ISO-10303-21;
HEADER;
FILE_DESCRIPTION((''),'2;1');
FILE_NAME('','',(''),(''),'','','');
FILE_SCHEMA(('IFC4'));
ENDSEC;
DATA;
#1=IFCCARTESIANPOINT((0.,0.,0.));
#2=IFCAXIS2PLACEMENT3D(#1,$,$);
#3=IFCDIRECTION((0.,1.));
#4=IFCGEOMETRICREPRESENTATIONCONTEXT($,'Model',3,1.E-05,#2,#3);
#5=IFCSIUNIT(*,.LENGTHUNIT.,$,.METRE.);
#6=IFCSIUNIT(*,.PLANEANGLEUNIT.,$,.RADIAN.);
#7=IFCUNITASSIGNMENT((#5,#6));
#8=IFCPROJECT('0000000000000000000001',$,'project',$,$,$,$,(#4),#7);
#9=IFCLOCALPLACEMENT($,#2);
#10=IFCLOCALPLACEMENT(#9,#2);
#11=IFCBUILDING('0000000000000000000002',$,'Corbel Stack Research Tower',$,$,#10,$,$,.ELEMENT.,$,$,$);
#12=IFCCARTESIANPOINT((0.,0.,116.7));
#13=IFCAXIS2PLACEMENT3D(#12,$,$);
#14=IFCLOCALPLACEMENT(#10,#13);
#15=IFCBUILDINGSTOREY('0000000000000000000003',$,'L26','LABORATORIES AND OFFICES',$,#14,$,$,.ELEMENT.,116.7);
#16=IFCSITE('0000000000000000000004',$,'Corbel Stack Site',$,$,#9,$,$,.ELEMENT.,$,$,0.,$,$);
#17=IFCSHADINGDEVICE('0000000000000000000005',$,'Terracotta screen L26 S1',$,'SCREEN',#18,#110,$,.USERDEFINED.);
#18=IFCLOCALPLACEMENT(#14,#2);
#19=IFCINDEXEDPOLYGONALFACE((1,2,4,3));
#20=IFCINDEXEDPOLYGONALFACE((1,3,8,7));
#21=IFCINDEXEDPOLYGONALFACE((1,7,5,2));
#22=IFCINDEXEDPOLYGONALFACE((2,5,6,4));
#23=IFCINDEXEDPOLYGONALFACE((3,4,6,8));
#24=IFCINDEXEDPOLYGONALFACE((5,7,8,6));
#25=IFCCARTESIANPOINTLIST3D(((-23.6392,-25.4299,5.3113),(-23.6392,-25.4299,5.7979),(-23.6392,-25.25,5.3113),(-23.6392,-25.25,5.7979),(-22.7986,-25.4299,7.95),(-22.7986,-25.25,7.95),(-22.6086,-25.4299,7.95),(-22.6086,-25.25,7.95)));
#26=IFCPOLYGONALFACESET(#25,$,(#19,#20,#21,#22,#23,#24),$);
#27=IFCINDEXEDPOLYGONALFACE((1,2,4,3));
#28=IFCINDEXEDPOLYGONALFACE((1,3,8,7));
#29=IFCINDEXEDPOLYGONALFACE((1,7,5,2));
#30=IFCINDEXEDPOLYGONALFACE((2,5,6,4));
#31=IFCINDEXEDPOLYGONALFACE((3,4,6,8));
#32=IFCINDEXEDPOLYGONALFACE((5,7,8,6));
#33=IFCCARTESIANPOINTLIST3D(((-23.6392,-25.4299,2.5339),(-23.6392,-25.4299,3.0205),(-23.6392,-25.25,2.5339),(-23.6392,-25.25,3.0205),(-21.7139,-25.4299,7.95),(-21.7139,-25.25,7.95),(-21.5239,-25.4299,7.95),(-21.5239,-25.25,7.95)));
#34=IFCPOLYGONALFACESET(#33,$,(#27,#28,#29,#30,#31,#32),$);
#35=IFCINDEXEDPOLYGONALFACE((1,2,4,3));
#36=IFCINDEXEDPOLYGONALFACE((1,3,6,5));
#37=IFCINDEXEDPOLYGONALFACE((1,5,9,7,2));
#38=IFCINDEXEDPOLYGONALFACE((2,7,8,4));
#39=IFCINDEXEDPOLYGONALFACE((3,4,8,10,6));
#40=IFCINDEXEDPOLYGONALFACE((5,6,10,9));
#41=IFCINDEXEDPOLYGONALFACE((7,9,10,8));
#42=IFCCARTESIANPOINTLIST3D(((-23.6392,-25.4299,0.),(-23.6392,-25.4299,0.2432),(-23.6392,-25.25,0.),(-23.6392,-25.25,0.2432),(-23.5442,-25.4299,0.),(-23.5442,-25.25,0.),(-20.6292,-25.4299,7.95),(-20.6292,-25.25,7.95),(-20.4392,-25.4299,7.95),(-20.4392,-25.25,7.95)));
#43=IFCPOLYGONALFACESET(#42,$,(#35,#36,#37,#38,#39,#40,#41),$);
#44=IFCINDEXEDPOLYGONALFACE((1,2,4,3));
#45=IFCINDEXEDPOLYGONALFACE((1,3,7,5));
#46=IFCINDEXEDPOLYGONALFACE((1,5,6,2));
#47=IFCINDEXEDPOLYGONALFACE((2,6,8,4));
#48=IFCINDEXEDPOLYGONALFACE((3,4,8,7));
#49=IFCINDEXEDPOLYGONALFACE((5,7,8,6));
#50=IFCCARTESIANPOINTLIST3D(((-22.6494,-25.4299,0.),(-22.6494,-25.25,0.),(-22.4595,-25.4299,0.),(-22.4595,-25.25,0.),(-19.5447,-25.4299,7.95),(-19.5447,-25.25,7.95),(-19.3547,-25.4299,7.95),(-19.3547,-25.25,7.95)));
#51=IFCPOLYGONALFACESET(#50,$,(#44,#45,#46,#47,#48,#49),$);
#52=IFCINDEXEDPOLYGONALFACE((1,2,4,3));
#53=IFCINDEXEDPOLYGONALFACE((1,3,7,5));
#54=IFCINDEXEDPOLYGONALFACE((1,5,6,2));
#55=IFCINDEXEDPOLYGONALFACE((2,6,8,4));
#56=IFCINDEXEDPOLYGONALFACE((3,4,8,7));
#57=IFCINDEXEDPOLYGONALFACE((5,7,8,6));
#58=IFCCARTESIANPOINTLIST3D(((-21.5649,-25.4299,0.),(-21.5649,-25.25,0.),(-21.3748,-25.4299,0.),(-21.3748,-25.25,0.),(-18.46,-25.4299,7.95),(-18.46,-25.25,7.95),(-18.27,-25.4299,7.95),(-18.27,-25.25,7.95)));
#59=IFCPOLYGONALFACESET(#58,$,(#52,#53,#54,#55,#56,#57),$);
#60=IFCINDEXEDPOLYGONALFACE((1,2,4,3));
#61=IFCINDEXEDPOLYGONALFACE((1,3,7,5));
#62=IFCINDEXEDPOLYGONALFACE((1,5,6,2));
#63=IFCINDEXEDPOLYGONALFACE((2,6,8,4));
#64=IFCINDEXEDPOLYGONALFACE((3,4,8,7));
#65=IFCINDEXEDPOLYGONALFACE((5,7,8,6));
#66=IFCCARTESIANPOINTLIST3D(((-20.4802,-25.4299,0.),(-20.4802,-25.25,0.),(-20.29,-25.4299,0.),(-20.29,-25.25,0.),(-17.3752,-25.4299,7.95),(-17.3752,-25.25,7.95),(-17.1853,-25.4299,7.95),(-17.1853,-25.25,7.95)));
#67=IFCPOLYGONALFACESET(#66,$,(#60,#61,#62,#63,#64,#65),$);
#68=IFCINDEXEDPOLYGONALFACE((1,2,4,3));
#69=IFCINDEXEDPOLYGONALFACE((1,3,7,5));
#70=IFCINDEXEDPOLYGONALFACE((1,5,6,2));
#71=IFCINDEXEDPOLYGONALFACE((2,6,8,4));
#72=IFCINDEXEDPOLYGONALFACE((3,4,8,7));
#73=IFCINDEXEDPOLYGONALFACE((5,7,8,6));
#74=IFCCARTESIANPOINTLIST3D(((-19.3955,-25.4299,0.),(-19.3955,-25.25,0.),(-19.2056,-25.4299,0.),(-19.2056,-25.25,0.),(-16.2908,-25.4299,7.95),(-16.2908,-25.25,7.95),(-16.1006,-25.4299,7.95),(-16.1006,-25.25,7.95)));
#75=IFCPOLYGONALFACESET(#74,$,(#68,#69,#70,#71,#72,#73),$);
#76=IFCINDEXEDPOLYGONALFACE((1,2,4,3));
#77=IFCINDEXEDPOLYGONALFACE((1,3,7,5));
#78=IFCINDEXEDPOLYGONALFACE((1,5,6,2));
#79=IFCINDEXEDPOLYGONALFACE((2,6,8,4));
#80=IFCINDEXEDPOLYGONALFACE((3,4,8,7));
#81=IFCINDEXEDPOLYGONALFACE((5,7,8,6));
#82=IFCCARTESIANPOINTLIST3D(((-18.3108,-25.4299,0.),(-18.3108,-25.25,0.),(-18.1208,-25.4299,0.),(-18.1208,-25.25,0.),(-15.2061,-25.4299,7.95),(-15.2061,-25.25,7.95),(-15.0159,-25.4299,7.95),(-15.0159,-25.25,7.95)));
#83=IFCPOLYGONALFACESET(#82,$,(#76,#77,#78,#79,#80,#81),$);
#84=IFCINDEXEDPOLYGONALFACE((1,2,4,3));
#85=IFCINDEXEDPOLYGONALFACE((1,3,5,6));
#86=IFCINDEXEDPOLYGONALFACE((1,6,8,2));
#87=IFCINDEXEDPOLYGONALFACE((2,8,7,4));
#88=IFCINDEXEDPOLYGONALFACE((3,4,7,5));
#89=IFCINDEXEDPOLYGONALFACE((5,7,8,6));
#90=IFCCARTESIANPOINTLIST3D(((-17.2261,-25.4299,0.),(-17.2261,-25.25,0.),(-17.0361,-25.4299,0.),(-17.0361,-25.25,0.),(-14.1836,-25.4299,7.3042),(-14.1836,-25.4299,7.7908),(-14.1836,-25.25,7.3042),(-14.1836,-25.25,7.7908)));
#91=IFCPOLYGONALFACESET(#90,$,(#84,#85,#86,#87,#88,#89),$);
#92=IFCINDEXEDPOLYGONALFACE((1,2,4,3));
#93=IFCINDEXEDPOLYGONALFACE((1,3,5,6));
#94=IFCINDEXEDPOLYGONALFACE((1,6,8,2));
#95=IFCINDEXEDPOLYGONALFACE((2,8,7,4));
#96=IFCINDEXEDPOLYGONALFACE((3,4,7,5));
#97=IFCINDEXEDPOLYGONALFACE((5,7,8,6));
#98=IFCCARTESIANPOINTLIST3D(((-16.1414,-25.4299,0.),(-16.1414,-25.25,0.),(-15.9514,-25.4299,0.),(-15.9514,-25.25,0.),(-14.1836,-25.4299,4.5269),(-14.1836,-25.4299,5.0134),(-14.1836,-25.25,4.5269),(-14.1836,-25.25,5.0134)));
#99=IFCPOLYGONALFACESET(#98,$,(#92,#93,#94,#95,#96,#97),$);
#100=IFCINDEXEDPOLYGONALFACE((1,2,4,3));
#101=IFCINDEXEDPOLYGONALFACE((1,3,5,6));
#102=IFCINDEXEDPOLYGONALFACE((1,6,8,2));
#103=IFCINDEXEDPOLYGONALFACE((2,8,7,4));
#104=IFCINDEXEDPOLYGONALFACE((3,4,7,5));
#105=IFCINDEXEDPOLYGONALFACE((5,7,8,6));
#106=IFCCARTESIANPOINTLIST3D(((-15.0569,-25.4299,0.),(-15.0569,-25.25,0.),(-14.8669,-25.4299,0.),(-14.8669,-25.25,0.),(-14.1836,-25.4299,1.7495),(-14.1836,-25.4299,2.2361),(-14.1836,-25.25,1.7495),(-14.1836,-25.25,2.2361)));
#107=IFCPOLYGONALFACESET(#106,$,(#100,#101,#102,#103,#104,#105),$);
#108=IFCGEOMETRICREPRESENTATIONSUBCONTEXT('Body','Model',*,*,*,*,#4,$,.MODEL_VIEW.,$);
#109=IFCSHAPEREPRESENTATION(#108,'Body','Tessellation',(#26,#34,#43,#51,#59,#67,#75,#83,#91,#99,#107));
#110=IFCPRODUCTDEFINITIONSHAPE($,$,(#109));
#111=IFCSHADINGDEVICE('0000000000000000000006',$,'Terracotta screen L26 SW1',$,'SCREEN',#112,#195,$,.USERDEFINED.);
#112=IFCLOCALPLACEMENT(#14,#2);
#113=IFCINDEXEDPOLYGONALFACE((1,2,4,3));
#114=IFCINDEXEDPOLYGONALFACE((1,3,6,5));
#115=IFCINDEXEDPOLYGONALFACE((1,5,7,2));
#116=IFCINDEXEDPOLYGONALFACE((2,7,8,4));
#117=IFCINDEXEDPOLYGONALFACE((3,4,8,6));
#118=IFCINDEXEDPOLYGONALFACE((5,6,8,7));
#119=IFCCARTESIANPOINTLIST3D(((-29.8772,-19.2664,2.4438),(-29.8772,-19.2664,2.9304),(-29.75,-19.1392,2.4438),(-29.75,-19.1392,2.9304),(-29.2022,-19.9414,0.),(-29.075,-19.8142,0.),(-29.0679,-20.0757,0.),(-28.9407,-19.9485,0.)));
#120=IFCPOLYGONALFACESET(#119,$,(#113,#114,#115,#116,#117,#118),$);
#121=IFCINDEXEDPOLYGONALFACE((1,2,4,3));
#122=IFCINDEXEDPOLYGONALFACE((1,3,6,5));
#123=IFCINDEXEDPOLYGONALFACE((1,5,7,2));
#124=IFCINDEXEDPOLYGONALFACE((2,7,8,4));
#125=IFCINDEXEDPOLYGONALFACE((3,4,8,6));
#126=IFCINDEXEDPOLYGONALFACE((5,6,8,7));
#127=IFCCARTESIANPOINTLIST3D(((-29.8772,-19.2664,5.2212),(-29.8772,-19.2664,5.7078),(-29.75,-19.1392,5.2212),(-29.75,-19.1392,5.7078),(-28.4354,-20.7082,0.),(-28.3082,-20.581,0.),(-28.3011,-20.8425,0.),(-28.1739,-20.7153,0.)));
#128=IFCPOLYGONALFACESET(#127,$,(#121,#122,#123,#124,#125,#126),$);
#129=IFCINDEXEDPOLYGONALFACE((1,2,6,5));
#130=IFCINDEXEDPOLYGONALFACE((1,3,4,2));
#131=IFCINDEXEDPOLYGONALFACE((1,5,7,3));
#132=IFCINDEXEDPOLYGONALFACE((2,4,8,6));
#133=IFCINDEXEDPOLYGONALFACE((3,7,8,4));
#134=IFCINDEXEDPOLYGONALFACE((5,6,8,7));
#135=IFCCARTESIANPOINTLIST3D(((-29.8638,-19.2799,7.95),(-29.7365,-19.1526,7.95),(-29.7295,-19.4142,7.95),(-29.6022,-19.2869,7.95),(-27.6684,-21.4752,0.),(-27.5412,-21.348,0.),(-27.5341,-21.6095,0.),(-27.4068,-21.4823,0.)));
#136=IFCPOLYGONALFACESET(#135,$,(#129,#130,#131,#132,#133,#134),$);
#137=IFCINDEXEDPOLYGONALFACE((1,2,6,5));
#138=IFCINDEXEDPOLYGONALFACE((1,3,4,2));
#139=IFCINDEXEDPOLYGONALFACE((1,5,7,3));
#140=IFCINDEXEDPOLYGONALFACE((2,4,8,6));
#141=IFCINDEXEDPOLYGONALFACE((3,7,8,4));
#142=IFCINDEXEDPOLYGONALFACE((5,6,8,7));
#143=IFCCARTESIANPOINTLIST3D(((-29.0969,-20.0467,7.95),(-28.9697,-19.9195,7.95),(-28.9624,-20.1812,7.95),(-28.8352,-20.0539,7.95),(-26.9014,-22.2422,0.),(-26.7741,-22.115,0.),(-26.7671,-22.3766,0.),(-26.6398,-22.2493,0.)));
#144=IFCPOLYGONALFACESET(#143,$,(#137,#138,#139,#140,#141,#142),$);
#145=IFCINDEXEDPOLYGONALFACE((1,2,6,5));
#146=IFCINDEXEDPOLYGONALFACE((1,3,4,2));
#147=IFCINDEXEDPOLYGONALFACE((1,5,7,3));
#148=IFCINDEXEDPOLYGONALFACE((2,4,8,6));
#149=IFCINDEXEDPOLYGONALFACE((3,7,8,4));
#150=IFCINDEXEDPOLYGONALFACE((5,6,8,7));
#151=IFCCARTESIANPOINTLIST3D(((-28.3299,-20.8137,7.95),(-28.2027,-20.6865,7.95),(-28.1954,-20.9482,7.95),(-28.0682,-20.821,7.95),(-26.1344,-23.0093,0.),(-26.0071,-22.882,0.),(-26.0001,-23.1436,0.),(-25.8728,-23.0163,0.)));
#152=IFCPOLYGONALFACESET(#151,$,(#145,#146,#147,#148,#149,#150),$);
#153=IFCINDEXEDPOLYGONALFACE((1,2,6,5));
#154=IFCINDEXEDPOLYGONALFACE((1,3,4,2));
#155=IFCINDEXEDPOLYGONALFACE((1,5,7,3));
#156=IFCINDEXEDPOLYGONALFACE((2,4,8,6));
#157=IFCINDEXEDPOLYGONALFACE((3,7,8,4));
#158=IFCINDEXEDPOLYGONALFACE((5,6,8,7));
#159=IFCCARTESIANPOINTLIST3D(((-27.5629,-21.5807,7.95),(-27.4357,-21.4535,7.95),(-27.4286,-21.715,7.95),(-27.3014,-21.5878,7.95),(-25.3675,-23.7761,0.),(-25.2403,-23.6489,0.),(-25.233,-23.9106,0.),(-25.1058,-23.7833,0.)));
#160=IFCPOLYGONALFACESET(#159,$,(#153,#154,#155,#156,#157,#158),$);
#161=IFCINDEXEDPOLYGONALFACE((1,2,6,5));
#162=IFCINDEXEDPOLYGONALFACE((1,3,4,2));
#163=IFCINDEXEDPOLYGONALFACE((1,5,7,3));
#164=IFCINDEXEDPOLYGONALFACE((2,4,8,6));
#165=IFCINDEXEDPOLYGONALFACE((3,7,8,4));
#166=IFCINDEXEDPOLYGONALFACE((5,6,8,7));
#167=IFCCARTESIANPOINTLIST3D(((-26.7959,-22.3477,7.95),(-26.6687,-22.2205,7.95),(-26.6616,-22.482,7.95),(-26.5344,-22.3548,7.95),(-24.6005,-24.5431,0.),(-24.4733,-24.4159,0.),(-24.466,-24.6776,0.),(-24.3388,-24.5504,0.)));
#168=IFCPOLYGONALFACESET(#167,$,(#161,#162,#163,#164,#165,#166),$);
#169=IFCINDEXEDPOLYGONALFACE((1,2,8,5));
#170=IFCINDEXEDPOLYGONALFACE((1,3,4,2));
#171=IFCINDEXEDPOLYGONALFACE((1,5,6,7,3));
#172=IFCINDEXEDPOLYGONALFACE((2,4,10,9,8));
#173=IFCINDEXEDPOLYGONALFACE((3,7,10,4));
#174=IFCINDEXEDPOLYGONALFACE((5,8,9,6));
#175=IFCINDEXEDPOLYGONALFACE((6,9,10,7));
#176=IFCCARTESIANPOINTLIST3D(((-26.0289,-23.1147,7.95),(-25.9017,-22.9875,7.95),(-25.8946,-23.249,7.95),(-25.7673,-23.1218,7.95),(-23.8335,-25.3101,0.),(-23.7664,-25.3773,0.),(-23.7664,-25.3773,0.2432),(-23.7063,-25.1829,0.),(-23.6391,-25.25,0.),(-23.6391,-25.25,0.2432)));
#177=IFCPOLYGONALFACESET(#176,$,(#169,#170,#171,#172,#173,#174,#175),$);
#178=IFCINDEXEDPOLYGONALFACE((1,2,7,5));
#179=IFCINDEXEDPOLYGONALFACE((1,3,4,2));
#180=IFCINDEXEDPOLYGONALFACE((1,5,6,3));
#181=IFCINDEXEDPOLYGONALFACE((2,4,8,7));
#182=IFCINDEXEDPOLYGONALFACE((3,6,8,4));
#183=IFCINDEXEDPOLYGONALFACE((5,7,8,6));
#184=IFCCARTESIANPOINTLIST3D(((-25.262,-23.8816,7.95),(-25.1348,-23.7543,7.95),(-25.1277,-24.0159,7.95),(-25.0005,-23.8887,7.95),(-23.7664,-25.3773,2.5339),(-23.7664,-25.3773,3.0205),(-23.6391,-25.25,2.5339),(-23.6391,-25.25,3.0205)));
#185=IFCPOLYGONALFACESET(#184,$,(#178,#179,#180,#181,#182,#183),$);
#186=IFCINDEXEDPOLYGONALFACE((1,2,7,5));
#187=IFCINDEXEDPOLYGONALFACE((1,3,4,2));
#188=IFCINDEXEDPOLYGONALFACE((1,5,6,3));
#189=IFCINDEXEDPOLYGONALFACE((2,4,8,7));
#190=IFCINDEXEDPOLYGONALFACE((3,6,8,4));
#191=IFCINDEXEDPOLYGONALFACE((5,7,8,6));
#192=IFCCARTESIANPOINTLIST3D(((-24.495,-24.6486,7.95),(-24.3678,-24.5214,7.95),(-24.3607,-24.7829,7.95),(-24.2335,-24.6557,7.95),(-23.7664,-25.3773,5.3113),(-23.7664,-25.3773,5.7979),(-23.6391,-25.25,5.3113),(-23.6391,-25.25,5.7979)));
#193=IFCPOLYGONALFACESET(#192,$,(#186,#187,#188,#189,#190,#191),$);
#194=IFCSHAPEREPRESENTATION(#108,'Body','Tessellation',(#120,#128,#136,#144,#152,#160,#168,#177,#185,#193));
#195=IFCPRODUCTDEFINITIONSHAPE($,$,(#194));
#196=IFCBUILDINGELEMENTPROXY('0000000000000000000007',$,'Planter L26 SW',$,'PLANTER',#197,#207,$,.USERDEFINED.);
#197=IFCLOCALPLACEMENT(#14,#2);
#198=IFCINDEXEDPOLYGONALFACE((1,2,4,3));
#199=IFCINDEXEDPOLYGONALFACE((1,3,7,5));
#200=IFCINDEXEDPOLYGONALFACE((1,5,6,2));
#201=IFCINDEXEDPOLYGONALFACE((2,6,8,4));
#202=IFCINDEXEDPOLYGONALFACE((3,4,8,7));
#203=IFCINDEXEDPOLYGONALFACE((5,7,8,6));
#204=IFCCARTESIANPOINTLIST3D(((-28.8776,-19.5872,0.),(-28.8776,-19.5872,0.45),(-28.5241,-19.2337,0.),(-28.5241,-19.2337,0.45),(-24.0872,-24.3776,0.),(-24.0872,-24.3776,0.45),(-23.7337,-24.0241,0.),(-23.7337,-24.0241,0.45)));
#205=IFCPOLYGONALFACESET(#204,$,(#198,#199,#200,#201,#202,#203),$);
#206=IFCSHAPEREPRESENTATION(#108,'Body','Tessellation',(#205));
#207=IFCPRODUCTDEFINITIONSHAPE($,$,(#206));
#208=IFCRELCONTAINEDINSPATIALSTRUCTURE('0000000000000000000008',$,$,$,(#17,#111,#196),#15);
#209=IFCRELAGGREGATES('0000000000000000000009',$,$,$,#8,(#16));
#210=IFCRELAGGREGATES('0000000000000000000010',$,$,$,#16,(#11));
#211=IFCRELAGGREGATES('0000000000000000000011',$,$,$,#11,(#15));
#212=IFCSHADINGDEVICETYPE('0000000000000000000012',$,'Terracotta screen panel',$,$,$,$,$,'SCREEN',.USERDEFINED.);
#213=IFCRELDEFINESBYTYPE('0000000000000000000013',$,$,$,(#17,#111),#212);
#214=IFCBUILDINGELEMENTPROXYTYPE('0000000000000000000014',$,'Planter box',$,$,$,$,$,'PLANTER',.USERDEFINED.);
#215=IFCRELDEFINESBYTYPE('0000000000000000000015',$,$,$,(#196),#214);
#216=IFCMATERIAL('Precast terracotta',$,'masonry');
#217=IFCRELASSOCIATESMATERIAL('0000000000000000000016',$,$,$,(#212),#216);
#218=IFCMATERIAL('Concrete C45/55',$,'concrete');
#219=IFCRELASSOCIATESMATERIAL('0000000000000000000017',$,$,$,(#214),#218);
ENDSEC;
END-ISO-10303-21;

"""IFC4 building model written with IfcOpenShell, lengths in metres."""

from ifc_helpers import new_model, si_unit, direction, frame, origin, origin_2d, place, context, subcontext, project, spatial, polyline, rectangle, outline, extrude, source, transform, mapped, material, type_object, element, save


model = new_model("IFC4")

# Units and contexts
model_context = context("Model", 3, precision=1e-05, world=origin(), true_north=direction((0.0, 1.0)))
body_context = subcontext(model_context, "Body", "Model", "MODEL_VIEW")
ifc_project = project(units=[si_unit("LENGTHUNIT", "METRE"), si_unit("PLANEANGLEUNIT", "RADIAN")], contexts=[model_context])

# Site, building, storey
site_placement = place(None, origin())
site = spatial("IfcSite", under=ifc_project, at=site_placement, Name="Corbel Stack Site", CompositionType="ELEMENT", RefElevation=0.0)
building_placement = place(site_placement, origin())
building = spatial("IfcBuilding", under=site, at=building_placement, Name="Corbel Stack Research Tower", CompositionType="ELEMENT")
storey_placement = place(building_placement, frame((0.0, 0.0, 116.7)))
storey = spatial("IfcBuildingStorey", under=building, at=storey_placement, Name="L26", Description="LABORATORIES AND OFFICES", CompositionType="ELEMENT", Elevation=116.7)

# Shading devices
ifc_material_1 = material(Name="Precast terracotta", Category="masonry")
shading_device_type = type_object("IfcShadingDeviceType", Name="Terracotta screen panel", ElementType="SCREEN", PredefinedType="USERDEFINED", material=ifc_material_1)
shared_shape_1 = source(origin(), body_context, "Body", "SweptSolid", [
    extrude(outline(polyline([(1.0305, 7.95), (0.8406, 7.95), (0.0, 5.7979), (0.0, 5.3113), (1.0305, 7.95)])), frame((0.0, 0.0, 0.0), z_axis=(0.0, -1.0, 0.0), x_axis=(1.0, 0.0, 0.0)), (0.0, 0.0, 1.0), 0.1799),
    extrude(outline(polyline([(2.1152, 7.95), (1.9253, 7.95), (0.0, 3.0205), (0.0, 2.5339), (2.1152, 7.95)])), frame((0.0, 0.0, 0.0), z_axis=(0.0, -1.0, 0.0), x_axis=(1.0, 0.0, 0.0)), (0.0, 0.0, 1.0), 0.1799),
    extrude(outline(polyline([(0.095, 0.0), (3.2, 7.95), (3.01, 7.95), (0.0, 0.2432), (0.0, 0.0), (0.095, 0.0)])), frame((0.0, 0.0, 0.0), z_axis=(0.0, -1.0, 0.0), x_axis=(1.0, 0.0, 0.0)), (0.0, 0.0, 1.0), 0.1799),
    extrude(outline(polyline([(1.1797, 0.0), (4.2844, 7.95), (4.0945, 7.95), (0.9897, 0.0), (1.1797, 0.0)])), frame((0.0, 0.0, 0.0), z_axis=(0.0, -1.0, 0.0), x_axis=(1.0, 0.0, 0.0)), (0.0, 0.0, 1.0), 0.1799),
    extrude(outline(polyline([(2.2644, 0.0), (5.3691, 7.95), (5.1792, 7.95), (2.0742, 0.0), (2.2644, 0.0)])), frame((0.0, 0.0, 0.0), z_axis=(0.0, -1.0, 0.0), x_axis=(1.0, 0.0, 0.0)), (0.0, 0.0, 1.0), 0.1799),
    extrude(outline(polyline([(3.3491, 0.0), (6.4539, 7.95), (6.2639, 7.95), (3.1589, 0.0), (3.3491, 0.0)])), frame((0.0, 0.0, 0.0), z_axis=(0.0, -1.0, 0.0), x_axis=(1.0, 0.0, 0.0)), (0.0, 0.0, 1.0), 0.1799),
    extrude(outline(polyline([(4.4336, 0.0), (7.5386, 7.95), (7.3484, 7.95), (4.2437, 0.0), (4.4336, 0.0)])), frame((0.0, 0.0, 0.0), z_axis=(0.0, -1.0, 0.0), x_axis=(1.0, 0.0, 0.0)), (0.0, 0.0, 1.0), 0.1799),
    extrude(outline(polyline([(5.5183, 0.0), (8.6233, 7.95), (8.4331, 7.95), (5.3284, 0.0), (5.5183, 0.0)])), frame((0.0, 0.0, 0.0), z_axis=(0.0, -1.0, 0.0), x_axis=(1.0, 0.0, 0.0)), (0.0, 0.0, 1.0), 0.1799),
    extrude(outline(polyline([(6.603, 0.0), (9.4556, 7.3042), (9.4556, 7.7908), (6.4131, 0.0), (6.603, 0.0)])), frame((0.0, 0.0, 0.0), z_axis=(0.0, -1.0, 0.0), x_axis=(1.0, 0.0, 0.0)), (0.0, 0.0, 1.0), 0.1799),
    extrude(outline(polyline([(7.6877, 0.0), (9.4556, 4.5269), (9.4556, 5.0134), (7.4978, 0.0), (7.6877, 0.0)])), frame((0.0, 0.0, 0.0), z_axis=(0.0, -1.0, 0.0), x_axis=(1.0, 0.0, 0.0)), (0.0, 0.0, 1.0), 0.1799),
    extrude(outline(polyline([(8.7722, 0.0), (9.4556, 1.7495), (9.4556, 2.2361), (8.5823, 0.0), (8.7722, 0.0)])), frame((0.0, 0.0, 0.0), z_axis=(0.0, -1.0, 0.0), x_axis=(1.0, 0.0, 0.0)), (0.0, 0.0, 1.0), 0.1799),
])
shading_device_1_placement = place(storey_placement, frame((-23.6392, -25.25, 0.0), z_axis=(0.0, 0.0, 1.0), x_axis=(1.0, 0.0, 0.0)))
element("IfcShadingDevice", 1, at=shading_device_1_placement, inside=storey, type_object=shading_device_type, Name="Terracotta screen L26 S1", ObjectType="SCREEN", PredefinedType="USERDEFINED", context=body_context, shape_type="MappedRepresentation", body=[
    mapped(shared_shape_1, transform((0.0, 0.0, 0.0))),
])
shared_shape_2 = source(origin(), body_context, "Body", "SweptSolid", [
    extrude(outline(polyline([(1.1445, 0.0), (0.0, 2.9304), (0.0, 2.4438), (0.9546, 0.0), (1.1445, 0.0)])), frame((0.0, 0.0, 0.0), z_axis=(0.0, -1.0, 0.0), x_axis=(1.0, 0.0, 0.0)), (0.0, 0.0, 1.0), 0.1799),
    extrude(outline(polyline([(2.229, 0.0), (0.0, 5.7078), (0.0, 5.2212), (2.0391, 0.0), (2.229, 0.0)])), frame((0.0, 0.0, 0.0), z_axis=(0.0, -1.0, 0.0), x_axis=(1.0, 0.0, 0.0)), (0.0, 0.0, 1.0), 0.1799),
    extrude(outline(polyline([(3.3137, 0.0), (0.209, 7.95), (0.019, 7.95), (3.1238, 0.0), (3.3137, 0.0)])), frame((0.0, 0.0, 0.0), z_axis=(0.0, -1.0, 0.0), x_axis=(1.0, 0.0, 0.0)), (0.0, 0.0, 1.0), 0.1799),
    extrude(outline(polyline([(4.3984, 0.0), (1.2937, 7.95), (1.1035, 7.95), (4.2085, 0.0), (4.3984, 0.0)])), frame((0.0, 0.0, 0.0), z_axis=(0.0, -1.0, 0.0), x_axis=(1.0, 0.0, 0.0)), (0.0, 0.0, 1.0), 0.1799),
    extrude(outline(polyline([(5.4832, 0.0), (2.3784, 7.95), (2.1882, 7.95), (5.2932, 0.0), (5.4832, 0.0)])), frame((0.0, 0.0, 0.0), z_axis=(0.0, -1.0, 0.0), x_axis=(1.0, 0.0, 0.0)), (0.0, 0.0, 1.0), 0.1799),
    extrude(outline(polyline([(6.5679, 0.0), (3.4629, 7.95), (3.2729, 7.95), (6.3777, 0.0), (6.5679, 0.0)])), frame((0.0, 0.0, 0.0), z_axis=(0.0, -1.0, 0.0), x_axis=(1.0, 0.0, 0.0)), (0.0, 0.0, 1.0), 0.1799),
    extrude(outline(polyline([(7.6526, 0.0), (4.5476, 7.95), (4.3577, 7.95), (7.4624, 0.0), (7.6526, 0.0)])), frame((0.0, 0.0, 0.0), z_axis=(0.0, -1.0, 0.0), x_axis=(1.0, 0.0, 0.0)), (0.0, 0.0, 1.0), 0.1799),
    extrude(outline(polyline([(8.6421, 0.0), (8.6421, 0.2432), (5.6323, 7.95), (5.4424, 7.95), (8.5471, 0.0), (8.6421, 0.0)])), frame((0.0, 0.0, 0.0), z_axis=(0.0, -1.0, 0.0), x_axis=(1.0, 0.0, 0.0)), (0.0, 0.0, 1.0), 0.1799),
    extrude(outline(polyline([(6.7168, 7.95), (6.5269, 7.95), (8.6421, 2.5339), (8.6421, 3.0205), (6.7168, 7.95)])), frame((0.0, 0.0, 0.0), z_axis=(0.0, -1.0, 0.0), x_axis=(1.0, 0.0, 0.0)), (0.0, 0.0, 1.0), 0.1799),
    extrude(outline(polyline([(7.8015, 7.95), (7.6116, 7.95), (8.6421, 5.3113), (8.6421, 5.7979), (7.8015, 7.95)])), frame((0.0, 0.0, 0.0), z_axis=(0.0, -1.0, 0.0), x_axis=(1.0, 0.0, 0.0)), (0.0, 0.0, 1.0), 0.1799),
])
shading_device_2_placement = place(storey_placement, frame((-29.75, -19.1392, 0.0), z_axis=(0.0, 0.0, 1.0), x_axis=(0.707107, -0.707107, 0.0)))
element("IfcShadingDevice", 2, at=shading_device_2_placement, inside=storey, type_object=shading_device_type, Name="Terracotta screen L26 SW1", ObjectType="SCREEN", PredefinedType="USERDEFINED", context=body_context, shape_type="MappedRepresentation", body=[
    mapped(shared_shape_2, transform((0.0, 0.0, 0.0))),
])

# Building element proxy
ifc_material_2 = material(Name="Concrete C45/55", Category="concrete")
building_element_proxy_type = type_object("IfcBuildingElementProxyType", Name="Planter box", ElementType="PLANTER", PredefinedType="USERDEFINED", material=ifc_material_2)
proxy_placement = place(storey_placement, frame((-26.3057, -21.8057, 0.0), z_axis=(0.0, 0.0, 1.0), x_axis=(0.707107, -0.707107, 0.0)))
element("IfcBuildingElementProxy", 3, at=proxy_placement, inside=storey, type_object=building_element_proxy_type, Name="Planter L26 SW", ObjectType="PLANTER", PredefinedType="USERDEFINED", context=body_context, shape_type="SweptSolid", body=[
    extrude(rectangle(XDim=6.7747, YDim=0.5, at=origin_2d()), origin(), (0.0, 0.0, 1.0), 0.45),
])

save(model, "model.ifc")
